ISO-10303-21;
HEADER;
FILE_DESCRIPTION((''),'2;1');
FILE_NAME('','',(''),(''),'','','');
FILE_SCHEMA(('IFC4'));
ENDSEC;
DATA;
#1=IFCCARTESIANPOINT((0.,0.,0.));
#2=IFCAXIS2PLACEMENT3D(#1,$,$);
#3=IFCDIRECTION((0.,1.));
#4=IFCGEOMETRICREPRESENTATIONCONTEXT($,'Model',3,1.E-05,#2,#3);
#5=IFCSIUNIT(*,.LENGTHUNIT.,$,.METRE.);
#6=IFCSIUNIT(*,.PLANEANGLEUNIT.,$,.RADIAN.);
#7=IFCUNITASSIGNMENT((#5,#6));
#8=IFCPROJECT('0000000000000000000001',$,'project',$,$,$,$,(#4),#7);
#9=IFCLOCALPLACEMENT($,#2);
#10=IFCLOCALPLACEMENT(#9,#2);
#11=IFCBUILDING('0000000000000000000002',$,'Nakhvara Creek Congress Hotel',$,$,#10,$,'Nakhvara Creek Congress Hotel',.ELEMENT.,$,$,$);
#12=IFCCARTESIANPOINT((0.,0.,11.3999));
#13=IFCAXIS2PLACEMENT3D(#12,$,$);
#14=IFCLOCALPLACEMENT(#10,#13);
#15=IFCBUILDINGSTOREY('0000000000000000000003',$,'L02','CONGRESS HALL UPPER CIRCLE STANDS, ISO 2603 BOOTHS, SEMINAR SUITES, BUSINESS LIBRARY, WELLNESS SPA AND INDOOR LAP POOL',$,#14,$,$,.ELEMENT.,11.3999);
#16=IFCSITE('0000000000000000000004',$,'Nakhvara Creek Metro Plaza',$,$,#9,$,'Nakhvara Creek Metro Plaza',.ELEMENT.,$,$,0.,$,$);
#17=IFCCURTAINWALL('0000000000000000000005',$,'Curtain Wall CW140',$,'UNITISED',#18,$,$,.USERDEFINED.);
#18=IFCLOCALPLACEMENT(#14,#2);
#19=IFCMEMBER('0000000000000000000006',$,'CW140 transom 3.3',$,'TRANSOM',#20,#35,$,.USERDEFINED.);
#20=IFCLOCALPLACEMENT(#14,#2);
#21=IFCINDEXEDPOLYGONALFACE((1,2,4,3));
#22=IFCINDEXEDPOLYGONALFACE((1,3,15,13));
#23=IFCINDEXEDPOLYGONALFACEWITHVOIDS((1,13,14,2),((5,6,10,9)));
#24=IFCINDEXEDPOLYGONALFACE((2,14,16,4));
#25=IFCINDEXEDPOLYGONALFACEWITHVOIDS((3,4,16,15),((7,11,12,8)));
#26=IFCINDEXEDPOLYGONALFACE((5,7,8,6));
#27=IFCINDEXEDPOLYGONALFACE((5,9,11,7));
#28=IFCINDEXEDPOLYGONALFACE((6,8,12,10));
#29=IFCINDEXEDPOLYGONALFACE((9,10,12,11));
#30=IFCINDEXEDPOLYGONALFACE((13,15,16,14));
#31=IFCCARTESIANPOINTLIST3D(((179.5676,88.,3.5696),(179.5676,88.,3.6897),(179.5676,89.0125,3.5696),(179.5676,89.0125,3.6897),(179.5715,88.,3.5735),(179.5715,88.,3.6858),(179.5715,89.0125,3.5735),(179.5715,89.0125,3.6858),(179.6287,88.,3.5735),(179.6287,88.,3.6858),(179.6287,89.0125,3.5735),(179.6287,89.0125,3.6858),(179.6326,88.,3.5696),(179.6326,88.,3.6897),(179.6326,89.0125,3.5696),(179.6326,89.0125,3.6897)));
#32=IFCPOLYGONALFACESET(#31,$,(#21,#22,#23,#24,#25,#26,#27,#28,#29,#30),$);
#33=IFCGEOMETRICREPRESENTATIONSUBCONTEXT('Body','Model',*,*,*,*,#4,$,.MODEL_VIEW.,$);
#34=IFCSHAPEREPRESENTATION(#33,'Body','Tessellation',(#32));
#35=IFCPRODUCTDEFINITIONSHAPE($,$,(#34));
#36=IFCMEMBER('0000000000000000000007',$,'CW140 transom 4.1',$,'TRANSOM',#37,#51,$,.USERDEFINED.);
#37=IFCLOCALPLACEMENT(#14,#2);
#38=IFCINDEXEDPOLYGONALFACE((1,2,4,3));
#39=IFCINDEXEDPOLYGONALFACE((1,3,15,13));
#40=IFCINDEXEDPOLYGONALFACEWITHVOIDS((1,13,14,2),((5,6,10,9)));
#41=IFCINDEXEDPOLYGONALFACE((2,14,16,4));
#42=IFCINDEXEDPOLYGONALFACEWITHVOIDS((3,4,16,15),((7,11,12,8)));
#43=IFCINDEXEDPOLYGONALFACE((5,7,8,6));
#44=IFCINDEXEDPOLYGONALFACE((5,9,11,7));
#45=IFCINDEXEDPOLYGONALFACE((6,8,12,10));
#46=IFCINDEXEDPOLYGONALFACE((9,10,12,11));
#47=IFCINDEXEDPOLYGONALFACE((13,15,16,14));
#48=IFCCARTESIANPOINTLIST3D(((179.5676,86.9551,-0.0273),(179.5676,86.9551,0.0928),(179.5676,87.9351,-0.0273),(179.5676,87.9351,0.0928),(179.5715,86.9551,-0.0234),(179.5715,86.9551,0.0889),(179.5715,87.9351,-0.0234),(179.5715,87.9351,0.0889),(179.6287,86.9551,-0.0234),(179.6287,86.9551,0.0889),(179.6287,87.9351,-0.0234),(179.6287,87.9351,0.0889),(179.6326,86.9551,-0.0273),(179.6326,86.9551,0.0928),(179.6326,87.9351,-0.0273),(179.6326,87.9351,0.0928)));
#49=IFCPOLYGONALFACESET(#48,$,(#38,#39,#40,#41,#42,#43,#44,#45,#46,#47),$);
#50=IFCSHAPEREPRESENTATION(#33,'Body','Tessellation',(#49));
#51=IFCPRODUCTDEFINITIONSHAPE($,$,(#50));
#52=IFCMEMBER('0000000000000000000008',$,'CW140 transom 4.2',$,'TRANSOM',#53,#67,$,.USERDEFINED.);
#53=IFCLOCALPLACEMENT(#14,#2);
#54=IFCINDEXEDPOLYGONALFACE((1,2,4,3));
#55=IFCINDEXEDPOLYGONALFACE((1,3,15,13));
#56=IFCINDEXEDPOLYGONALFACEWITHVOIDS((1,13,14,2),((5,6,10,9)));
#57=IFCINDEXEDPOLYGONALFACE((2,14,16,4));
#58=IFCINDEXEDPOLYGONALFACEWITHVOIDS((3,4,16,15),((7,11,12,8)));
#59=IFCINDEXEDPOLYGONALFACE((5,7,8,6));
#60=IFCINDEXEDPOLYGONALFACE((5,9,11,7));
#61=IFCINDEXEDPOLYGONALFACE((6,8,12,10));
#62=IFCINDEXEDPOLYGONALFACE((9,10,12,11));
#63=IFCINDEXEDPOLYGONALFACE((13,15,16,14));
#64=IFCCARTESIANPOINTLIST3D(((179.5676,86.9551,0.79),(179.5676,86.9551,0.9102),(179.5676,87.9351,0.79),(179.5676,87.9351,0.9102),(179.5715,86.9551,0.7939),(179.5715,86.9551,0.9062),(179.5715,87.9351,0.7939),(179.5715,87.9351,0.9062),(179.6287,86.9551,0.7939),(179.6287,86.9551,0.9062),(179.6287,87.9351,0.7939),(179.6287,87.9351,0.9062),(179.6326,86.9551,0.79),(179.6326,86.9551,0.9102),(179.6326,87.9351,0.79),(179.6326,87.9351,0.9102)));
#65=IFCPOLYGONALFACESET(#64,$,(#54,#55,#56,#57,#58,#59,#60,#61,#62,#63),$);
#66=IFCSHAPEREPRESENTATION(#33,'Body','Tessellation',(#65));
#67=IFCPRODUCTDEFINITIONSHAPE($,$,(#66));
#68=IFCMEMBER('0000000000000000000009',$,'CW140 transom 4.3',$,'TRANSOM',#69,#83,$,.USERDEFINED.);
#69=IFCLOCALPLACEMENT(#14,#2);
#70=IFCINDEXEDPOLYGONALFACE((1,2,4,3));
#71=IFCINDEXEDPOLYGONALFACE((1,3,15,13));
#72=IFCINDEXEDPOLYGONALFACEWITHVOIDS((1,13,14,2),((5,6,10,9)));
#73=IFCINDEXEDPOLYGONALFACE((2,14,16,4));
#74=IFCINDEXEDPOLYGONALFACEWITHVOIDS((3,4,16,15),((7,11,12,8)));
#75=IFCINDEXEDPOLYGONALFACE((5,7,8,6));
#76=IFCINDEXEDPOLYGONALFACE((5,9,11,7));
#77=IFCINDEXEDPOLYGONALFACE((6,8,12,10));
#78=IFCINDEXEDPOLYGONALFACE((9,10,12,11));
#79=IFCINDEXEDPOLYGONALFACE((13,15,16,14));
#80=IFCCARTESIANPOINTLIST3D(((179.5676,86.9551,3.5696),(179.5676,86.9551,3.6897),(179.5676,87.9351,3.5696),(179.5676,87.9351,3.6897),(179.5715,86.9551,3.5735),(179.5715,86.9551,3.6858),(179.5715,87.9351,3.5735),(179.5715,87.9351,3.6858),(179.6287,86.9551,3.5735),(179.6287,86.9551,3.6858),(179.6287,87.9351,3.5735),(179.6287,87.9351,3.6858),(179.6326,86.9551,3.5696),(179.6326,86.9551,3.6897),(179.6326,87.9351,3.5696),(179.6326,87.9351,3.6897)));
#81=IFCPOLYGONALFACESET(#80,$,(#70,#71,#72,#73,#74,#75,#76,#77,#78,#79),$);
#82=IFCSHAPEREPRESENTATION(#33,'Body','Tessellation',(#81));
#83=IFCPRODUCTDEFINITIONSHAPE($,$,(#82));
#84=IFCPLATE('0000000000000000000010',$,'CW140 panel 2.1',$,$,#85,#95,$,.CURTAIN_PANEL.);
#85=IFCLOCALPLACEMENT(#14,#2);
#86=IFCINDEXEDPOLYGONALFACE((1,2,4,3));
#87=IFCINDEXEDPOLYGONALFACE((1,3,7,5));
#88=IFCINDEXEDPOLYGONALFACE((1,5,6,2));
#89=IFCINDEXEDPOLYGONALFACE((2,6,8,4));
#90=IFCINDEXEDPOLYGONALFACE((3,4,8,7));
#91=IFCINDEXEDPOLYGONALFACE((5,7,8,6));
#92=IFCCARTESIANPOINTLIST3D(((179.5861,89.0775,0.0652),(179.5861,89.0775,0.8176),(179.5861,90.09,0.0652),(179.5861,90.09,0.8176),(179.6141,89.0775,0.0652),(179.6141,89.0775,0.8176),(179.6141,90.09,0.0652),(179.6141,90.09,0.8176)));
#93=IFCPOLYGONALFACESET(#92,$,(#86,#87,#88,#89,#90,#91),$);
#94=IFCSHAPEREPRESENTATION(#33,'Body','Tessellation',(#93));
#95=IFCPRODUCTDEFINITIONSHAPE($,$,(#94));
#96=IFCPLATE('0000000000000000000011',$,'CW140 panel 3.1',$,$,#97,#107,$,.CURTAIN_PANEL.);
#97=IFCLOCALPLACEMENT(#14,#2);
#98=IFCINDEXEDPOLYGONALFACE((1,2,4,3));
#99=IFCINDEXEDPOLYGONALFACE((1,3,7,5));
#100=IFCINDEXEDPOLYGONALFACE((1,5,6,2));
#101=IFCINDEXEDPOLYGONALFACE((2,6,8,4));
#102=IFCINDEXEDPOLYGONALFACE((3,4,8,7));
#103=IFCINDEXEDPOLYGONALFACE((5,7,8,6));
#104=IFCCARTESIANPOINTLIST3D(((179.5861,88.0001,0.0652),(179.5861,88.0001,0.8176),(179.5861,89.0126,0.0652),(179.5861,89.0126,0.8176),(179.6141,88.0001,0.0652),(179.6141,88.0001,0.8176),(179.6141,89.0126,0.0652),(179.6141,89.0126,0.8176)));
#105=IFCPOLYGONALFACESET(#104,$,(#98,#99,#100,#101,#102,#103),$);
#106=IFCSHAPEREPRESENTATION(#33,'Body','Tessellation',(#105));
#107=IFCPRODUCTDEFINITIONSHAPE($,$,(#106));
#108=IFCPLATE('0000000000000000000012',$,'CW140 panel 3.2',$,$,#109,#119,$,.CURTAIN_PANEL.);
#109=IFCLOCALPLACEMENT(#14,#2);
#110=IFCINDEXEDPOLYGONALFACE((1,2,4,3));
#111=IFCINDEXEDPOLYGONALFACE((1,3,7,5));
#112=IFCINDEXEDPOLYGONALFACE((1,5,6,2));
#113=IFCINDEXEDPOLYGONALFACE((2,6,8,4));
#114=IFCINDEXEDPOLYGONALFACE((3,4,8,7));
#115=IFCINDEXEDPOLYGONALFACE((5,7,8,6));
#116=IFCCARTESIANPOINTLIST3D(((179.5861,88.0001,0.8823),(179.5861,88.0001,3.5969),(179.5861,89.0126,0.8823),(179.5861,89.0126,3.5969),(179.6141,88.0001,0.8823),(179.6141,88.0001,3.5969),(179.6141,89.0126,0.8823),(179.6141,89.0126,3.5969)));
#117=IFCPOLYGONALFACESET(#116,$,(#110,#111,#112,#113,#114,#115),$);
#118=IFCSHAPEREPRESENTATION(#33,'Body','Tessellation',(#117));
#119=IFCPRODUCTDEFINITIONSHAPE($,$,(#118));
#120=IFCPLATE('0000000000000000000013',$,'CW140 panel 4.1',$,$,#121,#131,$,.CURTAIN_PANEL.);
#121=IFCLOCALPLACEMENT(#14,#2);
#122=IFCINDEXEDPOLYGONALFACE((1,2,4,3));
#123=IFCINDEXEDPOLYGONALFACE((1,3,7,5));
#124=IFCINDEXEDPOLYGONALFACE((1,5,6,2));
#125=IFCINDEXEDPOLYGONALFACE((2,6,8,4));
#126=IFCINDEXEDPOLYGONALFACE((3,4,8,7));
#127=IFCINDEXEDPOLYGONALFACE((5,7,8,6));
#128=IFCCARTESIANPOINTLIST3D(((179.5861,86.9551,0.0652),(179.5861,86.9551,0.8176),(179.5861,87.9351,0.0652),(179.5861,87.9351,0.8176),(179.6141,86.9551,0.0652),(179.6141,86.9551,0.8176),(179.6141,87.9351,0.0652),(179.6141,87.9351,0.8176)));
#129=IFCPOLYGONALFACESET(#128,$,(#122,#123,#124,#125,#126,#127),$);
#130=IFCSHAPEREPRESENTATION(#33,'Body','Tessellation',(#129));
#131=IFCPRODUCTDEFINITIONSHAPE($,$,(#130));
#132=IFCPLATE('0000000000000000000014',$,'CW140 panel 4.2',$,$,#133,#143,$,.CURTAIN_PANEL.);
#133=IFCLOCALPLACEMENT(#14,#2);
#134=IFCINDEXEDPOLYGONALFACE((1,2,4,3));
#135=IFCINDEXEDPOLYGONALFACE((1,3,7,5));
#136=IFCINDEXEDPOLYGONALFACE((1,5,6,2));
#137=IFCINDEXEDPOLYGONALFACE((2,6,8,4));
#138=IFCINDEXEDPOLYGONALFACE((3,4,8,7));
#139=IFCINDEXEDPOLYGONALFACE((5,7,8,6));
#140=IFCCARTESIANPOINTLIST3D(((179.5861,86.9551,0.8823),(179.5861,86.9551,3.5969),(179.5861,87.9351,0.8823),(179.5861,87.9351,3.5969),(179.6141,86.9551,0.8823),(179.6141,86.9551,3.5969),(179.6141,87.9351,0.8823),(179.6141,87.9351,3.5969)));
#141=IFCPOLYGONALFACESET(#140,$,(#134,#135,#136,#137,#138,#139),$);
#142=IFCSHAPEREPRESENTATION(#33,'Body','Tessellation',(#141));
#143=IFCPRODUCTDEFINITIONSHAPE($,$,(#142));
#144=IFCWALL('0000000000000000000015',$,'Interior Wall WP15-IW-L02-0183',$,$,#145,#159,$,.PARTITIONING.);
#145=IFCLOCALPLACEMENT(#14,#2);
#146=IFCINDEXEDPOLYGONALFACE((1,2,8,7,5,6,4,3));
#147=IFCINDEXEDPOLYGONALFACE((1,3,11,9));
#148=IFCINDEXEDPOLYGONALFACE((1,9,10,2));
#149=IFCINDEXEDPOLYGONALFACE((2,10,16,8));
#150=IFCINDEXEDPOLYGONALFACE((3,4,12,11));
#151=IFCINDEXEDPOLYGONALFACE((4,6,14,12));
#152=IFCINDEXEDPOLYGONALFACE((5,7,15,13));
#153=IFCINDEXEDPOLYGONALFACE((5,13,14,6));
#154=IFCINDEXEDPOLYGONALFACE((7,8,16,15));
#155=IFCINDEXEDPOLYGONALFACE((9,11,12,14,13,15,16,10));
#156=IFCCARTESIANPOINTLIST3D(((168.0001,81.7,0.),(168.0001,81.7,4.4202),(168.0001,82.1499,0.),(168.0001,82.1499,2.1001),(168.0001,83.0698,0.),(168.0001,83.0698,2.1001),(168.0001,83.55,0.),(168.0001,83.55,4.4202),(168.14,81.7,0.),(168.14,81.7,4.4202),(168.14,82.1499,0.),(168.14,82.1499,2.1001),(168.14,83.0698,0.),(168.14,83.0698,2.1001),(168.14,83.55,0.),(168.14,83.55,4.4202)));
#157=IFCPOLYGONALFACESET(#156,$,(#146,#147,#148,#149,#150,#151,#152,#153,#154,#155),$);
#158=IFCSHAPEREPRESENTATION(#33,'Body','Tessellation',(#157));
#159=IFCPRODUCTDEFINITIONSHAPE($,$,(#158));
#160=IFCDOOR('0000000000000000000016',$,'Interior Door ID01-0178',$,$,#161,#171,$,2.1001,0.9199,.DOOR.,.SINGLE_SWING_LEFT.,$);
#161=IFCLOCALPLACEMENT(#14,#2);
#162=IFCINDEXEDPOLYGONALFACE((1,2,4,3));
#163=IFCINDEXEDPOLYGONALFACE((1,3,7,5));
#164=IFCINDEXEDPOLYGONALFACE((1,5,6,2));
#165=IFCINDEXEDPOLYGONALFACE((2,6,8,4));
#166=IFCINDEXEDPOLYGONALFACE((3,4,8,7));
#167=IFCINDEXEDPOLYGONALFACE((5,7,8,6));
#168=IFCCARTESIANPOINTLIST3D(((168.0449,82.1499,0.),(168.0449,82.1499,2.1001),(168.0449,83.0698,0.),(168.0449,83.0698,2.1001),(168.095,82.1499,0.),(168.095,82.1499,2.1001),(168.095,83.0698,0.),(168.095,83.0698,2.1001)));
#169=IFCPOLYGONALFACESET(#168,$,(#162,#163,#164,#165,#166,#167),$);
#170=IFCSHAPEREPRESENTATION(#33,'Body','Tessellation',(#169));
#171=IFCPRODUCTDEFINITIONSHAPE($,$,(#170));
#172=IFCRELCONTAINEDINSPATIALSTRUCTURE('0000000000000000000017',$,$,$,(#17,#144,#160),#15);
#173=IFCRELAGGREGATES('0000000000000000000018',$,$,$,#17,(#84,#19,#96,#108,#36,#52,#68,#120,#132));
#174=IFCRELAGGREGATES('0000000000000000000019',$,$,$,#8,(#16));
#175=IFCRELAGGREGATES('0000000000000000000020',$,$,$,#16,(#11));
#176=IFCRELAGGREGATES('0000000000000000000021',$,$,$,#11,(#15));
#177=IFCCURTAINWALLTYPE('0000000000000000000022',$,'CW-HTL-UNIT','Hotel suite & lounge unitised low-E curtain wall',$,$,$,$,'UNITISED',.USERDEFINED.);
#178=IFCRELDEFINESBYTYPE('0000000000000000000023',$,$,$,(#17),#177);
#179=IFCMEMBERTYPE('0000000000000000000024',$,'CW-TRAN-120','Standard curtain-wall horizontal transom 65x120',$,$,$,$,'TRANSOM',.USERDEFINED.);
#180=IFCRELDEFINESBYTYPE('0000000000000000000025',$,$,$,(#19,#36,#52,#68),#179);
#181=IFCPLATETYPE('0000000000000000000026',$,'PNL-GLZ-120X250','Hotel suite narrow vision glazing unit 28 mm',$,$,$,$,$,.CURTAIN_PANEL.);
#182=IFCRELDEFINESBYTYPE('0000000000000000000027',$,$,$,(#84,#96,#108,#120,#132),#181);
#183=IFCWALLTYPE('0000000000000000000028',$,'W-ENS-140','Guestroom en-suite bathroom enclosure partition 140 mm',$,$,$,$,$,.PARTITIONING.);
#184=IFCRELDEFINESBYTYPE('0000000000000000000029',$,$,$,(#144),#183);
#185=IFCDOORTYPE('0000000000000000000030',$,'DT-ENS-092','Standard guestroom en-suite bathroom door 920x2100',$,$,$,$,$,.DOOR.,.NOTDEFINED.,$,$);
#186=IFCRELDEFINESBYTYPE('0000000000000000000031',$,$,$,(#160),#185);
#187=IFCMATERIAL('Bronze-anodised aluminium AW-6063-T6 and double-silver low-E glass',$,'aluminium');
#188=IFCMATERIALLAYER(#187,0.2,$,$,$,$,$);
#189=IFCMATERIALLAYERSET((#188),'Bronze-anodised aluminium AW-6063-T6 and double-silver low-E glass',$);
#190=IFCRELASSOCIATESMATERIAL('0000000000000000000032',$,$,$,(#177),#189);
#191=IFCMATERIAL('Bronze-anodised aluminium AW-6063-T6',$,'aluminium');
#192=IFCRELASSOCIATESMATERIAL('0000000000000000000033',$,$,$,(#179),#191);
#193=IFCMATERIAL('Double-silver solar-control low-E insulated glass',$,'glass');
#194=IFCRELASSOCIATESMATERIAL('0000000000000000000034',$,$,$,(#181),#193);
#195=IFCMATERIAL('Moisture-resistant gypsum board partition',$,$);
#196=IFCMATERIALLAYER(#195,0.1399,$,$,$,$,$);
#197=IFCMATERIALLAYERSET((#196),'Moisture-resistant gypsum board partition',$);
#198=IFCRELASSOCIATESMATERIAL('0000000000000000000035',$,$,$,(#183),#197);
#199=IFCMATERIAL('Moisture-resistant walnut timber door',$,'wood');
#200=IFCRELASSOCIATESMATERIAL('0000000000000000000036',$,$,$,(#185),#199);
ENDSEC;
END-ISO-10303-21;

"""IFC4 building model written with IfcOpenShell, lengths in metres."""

from ifc_helpers import new_model, si_unit, direction, frame, frame_2d, origin, origin_2d, place, context, subcontext, project, spatial, rectangle, hollow_rectangle, extrude, material, layer, layer_set, material_profile, profile_set, type_object, element, fill, aggregate, save


model = new_model("IFC4")

# Units and contexts
model_context = context("Model", 3, precision=1e-05, world=origin(), true_north=direction((0.0, 1.0)))
body_context = subcontext(model_context, "Body", "Model", "MODEL_VIEW")
ifc_project = project(units=[si_unit("LENGTHUNIT", "METRE"), si_unit("PLANEANGLEUNIT", "RADIAN")], contexts=[model_context])

# Site, building, storey
site_placement = place(None, origin())
site = spatial("IfcSite", under=ifc_project, at=site_placement, Name="Nakhvara Creek Metro Plaza", LongName="Nakhvara Creek Metro Plaza", CompositionType="ELEMENT", RefElevation=0.0)
building_placement = place(site_placement, origin())
building = spatial("IfcBuilding", under=site, at=building_placement, Name="Nakhvara Creek Congress Hotel", LongName="Nakhvara Creek Congress Hotel", CompositionType="ELEMENT")
storey_placement = place(building_placement, frame((0.0, 0.0, 11.3999)))
storey = spatial("IfcBuildingStorey", under=building, at=storey_placement, Name="L02", Description="CONGRESS HALL UPPER CIRCLE STANDS, ISO 2603 BOOTHS, SEMINAR SUITES, BUSINESS LIBRARY, WELLNESS SPA AND INDOOR LAP POOL", CompositionType="ELEMENT", Elevation=11.3999)

# Shared definitions
ifc_material_1 = material(Name="Bronze-anodised aluminium AW-6063-T6 and double-silver low-E glass", Category="aluminium")
ifc_layer_1 = layer(ifc_material_1, 0.2)
ifc_layer_set_1 = layer_set([ifc_layer_1], Name="Bronze-anodised aluminium AW-6063-T6 and double-silver low-E glass")
curtain_wall_type = type_object("IfcCurtainWallType", Name="CW-HTL-UNIT", Description="Hotel suite & lounge unitised low-E curtain wall", ElementType="UNITISED", PredefinedType="USERDEFINED", material=ifc_layer_set_1)
ifc_material_2 = material(Name="Bronze-anodised aluminium AW-6063-T6", Category="aluminium")

# Curtain wall
curtain_wall_1_placement = place(storey_placement, origin())
curtain_wall_1 = element("IfcCurtainWall", 1, at=curtain_wall_1_placement, inside=storey, type_object=curtain_wall_type, Name="Curtain Wall CW140", ObjectType="UNITISED", PredefinedType="USERDEFINED")

# Members
ifc_material_profile_1 = material_profile(ifc_material_2, hollow_rectangle(XDim=0.0649, YDim=0.1201, WallThickness=0.0039, at=origin_2d()), Name="ALU-TRAN 65x120x4", Category="LoadBearing")
ifc_profile_set_1 = profile_set([ifc_material_profile_1], Name="Bronze-anodised aluminium AW-6063-T6")
member_type_1 = type_object("IfcMemberType", Name="CW-TRAN-120", Description="Standard curtain-wall horizontal transom 65x120", ElementType="TRANSOM", PredefinedType="USERDEFINED", material=ifc_profile_set_1)
member_1_placement = place(storey_placement, frame((179.6001, 89.0125, 3.6296), z_axis=(0.0, -1.0, 0.0), x_axis=(1.0, 0.0, 0.0)))
member_1 = element("IfcMember", 2, at=member_1_placement, type_object=member_type_1, Name="CW140 transom 3.3", ObjectType="TRANSOM", PredefinedType="USERDEFINED", context=body_context, shape_type="SweptSolid", body=[
    extrude(hollow_rectangle(XDim=0.0649, YDim=0.1201, WallThickness=0.0039, at=origin_2d()), origin(), (0.0, 0.0, 1.0), 1.0125),
])
member_2_placement = place(storey_placement, frame((179.6001, 87.9351, 0.0327), z_axis=(0.0, -1.0, 0.0), x_axis=(1.0, 0.0, 0.0)))
member_2 = element("IfcMember", 3, at=member_2_placement, type_object=member_type_1, Name="CW140 transom 4.1", ObjectType="TRANSOM", PredefinedType="USERDEFINED", context=body_context, shape_type="SweptSolid", body=[
    extrude(hollow_rectangle(XDim=0.0649, YDim=0.1201, WallThickness=0.0039, at=origin_2d()), origin(), (0.0, 0.0, 1.0), 0.98),
])
member_3_placement = place(storey_placement, frame((179.6001, 87.9351, 0.8501), z_axis=(0.0, -1.0, 0.0), x_axis=(1.0, 0.0, 0.0)))
member_3 = element("IfcMember", 4, at=member_3_placement, type_object=member_type_1, Name="CW140 transom 4.2", ObjectType="TRANSOM", PredefinedType="USERDEFINED", context=body_context, shape_type="SweptSolid", body=[
    extrude(hollow_rectangle(XDim=0.0649, YDim=0.1201, WallThickness=0.0039, at=origin_2d()), origin(), (0.0, 0.0, 1.0), 0.98),
])
member_4_placement = place(storey_placement, frame((179.6001, 87.9351, 3.6296), z_axis=(0.0, -1.0, 0.0), x_axis=(1.0, 0.0, 0.0)))
member_4 = element("IfcMember", 5, at=member_4_placement, type_object=member_type_1, Name="CW140 transom 4.3", ObjectType="TRANSOM", PredefinedType="USERDEFINED", context=body_context, shape_type="SweptSolid", body=[
    extrude(hollow_rectangle(XDim=0.0649, YDim=0.1201, WallThickness=0.0039, at=origin_2d()), origin(), (0.0, 0.0, 1.0), 0.98),
])

# Plates
ifc_material_3 = material(Name="Double-silver solar-control low-E insulated glass", Category="glass")
plate_type = type_object("IfcPlateType", Name="PNL-GLZ-120X250", Description="Hotel suite narrow vision glazing unit 28 mm", PredefinedType="CURTAIN_PANEL", material=ifc_material_3)
plate_1_placement = place(storey_placement, frame((179.6001, 89.5837, 0.0652), z_axis=(0.0, 0.0, 1.0), x_axis=(0.0, -1.0, 0.0)))
plate_1 = element("IfcPlate", 6, at=plate_1_placement, type_object=plate_type, Name="CW140 panel 2.1", PredefinedType="CURTAIN_PANEL", context=body_context, shape_type="SweptSolid", body=[
    extrude(rectangle(XDim=1.0125, YDim=0.0281, at=origin_2d()), origin(), (0.0, 0.0, 1.0), 0.7524),
])
plate_2_placement = place(storey_placement, frame((179.6001, 88.5063, 0.0652), z_axis=(0.0, 0.0, 1.0), x_axis=(0.0, -1.0, 0.0)))
plate_2 = element("IfcPlate", 7, at=plate_2_placement, type_object=plate_type, Name="CW140 panel 3.1", PredefinedType="CURTAIN_PANEL", context=body_context, shape_type="SweptSolid", body=[
    extrude(rectangle(XDim=1.0125, YDim=0.0281, at=origin_2d()), origin(), (0.0, 0.0, 1.0), 0.7524),
])
plate_3_placement = place(storey_placement, frame((179.6001, 88.5063, 0.8823), z_axis=(0.0, 0.0, 1.0), x_axis=(0.0, -1.0, 0.0)))
plate_3 = element("IfcPlate", 8, at=plate_3_placement, type_object=plate_type, Name="CW140 panel 3.2", PredefinedType="CURTAIN_PANEL", context=body_context, shape_type="SweptSolid", body=[
    extrude(rectangle(XDim=1.0125, YDim=0.0281, at=origin_2d()), origin(), (0.0, 0.0, 1.0), 2.7146),
])
plate_4_placement = place(storey_placement, frame((179.6001, 87.4451, 0.0652), z_axis=(0.0, 0.0, 1.0), x_axis=(0.0, -1.0, 0.0)))
plate_4 = element("IfcPlate", 9, at=plate_4_placement, type_object=plate_type, Name="CW140 panel 4.1", PredefinedType="CURTAIN_PANEL", context=body_context, shape_type="SweptSolid", body=[
    extrude(rectangle(XDim=0.98, YDim=0.0281, at=origin_2d()), origin(), (0.0, 0.0, 1.0), 0.7524),
])
plate_5_placement = place(storey_placement, frame((179.6001, 87.4451, 0.8823), z_axis=(0.0, 0.0, 1.0), x_axis=(0.0, -1.0, 0.0)))
plate_5 = element("IfcPlate", 10, at=plate_5_placement, type_object=plate_type, Name="CW140 panel 4.2", PredefinedType="CURTAIN_PANEL", context=body_context, shape_type="SweptSolid", body=[
    extrude(rectangle(XDim=0.98, YDim=0.0281, at=origin_2d()), origin(), (0.0, 0.0, 1.0), 2.7146),
])
aggregate(curtain_wall_1, [plate_1, member_1, plate_2, plate_3, member_2, member_3, member_4, plate_4, plate_5])

# Wall, opening, door
ifc_material_4 = material(Name="Moisture-resistant gypsum board partition")
ifc_layer_2 = layer(ifc_material_4, 0.1399)
ifc_layer_set_2 = layer_set([ifc_layer_2], Name="Moisture-resistant gypsum board partition")
wall_type_1 = type_object("IfcWallType", Name="W-ENS-140", Description="Guestroom en-suite bathroom enclosure partition 140 mm", PredefinedType="PARTITIONING", material=ifc_layer_set_2)
wall_1_placement = place(storey_placement, frame((168.0701, 81.7, 0.0), z_axis=(0.0, 0.0, 1.0), x_axis=(0.0, 1.0, 0.0)))
wall_1 = element("IfcWall", 11, at=wall_1_placement, inside=storey, type_object=wall_type_1, Name="Interior Wall WP15-IW-L02-0183", PredefinedType="PARTITIONING", context=body_context, shape_type="SweptSolid", body=[
    extrude(rectangle(XDim=1.8501, YDim=0.1399, at=frame_2d((0.925, 0.0))), origin(), (0.0, 0.0, 1.0), 4.4202),
])
opening_1_placement = place(wall_1_placement, frame((0.45, 0.0, 0.0)))
opening_1 = element("IfcOpeningElement", 12, at=opening_1_placement, cuts=wall_1, PredefinedType="OPENING", context=body_context, shape_type="SweptSolid", body=[
    extrude(rectangle(XDim=0.9199, YDim=2.1001, at=frame_2d((0.46, 1.05))), frame((0.0, 0.082, 0.0), z_axis=(0.0, -1.0, 0.0), x_axis=(1.0, 0.0, 0.0)), (0.0, 0.0, 1.0), 0.1638),
])
ifc_material_5 = material(Name="Moisture-resistant walnut timber door", Category="wood")
door_type_1 = type_object("IfcDoorType", Name="DT-ENS-092", Description="Standard guestroom en-suite bathroom door 920x2100", OperationType="NOTDEFINED", PredefinedType="DOOR", material=ifc_material_5)
door_1_placement = place(opening_1_placement, frame((0.9199, 0.0, 0.0), z_axis=(0.0, 0.0, 1.0), x_axis=(-1.0, 0.0, 0.0)))
door_1 = element("IfcDoor", 13, at=door_1_placement, inside=storey, type_object=door_type_1, Name="Interior Door ID01-0178", OperationType="SINGLE_SWING_LEFT", OverallHeight=2.1001, OverallWidth=0.9199, PredefinedType="DOOR", context=body_context, shape_type="SweptSolid", body=[
    extrude(rectangle(XDim=0.9199, YDim=2.1001, at=frame_2d((0.46, 1.05))), frame((0.0, 0.0249, 0.0), z_axis=(0.0, -1.0, 0.0), x_axis=(1.0, 0.0, 0.0)), (0.0, 0.0, 1.0), 0.05),
])
fill(opening_1, door_1)

save(model, "model.ifc")
